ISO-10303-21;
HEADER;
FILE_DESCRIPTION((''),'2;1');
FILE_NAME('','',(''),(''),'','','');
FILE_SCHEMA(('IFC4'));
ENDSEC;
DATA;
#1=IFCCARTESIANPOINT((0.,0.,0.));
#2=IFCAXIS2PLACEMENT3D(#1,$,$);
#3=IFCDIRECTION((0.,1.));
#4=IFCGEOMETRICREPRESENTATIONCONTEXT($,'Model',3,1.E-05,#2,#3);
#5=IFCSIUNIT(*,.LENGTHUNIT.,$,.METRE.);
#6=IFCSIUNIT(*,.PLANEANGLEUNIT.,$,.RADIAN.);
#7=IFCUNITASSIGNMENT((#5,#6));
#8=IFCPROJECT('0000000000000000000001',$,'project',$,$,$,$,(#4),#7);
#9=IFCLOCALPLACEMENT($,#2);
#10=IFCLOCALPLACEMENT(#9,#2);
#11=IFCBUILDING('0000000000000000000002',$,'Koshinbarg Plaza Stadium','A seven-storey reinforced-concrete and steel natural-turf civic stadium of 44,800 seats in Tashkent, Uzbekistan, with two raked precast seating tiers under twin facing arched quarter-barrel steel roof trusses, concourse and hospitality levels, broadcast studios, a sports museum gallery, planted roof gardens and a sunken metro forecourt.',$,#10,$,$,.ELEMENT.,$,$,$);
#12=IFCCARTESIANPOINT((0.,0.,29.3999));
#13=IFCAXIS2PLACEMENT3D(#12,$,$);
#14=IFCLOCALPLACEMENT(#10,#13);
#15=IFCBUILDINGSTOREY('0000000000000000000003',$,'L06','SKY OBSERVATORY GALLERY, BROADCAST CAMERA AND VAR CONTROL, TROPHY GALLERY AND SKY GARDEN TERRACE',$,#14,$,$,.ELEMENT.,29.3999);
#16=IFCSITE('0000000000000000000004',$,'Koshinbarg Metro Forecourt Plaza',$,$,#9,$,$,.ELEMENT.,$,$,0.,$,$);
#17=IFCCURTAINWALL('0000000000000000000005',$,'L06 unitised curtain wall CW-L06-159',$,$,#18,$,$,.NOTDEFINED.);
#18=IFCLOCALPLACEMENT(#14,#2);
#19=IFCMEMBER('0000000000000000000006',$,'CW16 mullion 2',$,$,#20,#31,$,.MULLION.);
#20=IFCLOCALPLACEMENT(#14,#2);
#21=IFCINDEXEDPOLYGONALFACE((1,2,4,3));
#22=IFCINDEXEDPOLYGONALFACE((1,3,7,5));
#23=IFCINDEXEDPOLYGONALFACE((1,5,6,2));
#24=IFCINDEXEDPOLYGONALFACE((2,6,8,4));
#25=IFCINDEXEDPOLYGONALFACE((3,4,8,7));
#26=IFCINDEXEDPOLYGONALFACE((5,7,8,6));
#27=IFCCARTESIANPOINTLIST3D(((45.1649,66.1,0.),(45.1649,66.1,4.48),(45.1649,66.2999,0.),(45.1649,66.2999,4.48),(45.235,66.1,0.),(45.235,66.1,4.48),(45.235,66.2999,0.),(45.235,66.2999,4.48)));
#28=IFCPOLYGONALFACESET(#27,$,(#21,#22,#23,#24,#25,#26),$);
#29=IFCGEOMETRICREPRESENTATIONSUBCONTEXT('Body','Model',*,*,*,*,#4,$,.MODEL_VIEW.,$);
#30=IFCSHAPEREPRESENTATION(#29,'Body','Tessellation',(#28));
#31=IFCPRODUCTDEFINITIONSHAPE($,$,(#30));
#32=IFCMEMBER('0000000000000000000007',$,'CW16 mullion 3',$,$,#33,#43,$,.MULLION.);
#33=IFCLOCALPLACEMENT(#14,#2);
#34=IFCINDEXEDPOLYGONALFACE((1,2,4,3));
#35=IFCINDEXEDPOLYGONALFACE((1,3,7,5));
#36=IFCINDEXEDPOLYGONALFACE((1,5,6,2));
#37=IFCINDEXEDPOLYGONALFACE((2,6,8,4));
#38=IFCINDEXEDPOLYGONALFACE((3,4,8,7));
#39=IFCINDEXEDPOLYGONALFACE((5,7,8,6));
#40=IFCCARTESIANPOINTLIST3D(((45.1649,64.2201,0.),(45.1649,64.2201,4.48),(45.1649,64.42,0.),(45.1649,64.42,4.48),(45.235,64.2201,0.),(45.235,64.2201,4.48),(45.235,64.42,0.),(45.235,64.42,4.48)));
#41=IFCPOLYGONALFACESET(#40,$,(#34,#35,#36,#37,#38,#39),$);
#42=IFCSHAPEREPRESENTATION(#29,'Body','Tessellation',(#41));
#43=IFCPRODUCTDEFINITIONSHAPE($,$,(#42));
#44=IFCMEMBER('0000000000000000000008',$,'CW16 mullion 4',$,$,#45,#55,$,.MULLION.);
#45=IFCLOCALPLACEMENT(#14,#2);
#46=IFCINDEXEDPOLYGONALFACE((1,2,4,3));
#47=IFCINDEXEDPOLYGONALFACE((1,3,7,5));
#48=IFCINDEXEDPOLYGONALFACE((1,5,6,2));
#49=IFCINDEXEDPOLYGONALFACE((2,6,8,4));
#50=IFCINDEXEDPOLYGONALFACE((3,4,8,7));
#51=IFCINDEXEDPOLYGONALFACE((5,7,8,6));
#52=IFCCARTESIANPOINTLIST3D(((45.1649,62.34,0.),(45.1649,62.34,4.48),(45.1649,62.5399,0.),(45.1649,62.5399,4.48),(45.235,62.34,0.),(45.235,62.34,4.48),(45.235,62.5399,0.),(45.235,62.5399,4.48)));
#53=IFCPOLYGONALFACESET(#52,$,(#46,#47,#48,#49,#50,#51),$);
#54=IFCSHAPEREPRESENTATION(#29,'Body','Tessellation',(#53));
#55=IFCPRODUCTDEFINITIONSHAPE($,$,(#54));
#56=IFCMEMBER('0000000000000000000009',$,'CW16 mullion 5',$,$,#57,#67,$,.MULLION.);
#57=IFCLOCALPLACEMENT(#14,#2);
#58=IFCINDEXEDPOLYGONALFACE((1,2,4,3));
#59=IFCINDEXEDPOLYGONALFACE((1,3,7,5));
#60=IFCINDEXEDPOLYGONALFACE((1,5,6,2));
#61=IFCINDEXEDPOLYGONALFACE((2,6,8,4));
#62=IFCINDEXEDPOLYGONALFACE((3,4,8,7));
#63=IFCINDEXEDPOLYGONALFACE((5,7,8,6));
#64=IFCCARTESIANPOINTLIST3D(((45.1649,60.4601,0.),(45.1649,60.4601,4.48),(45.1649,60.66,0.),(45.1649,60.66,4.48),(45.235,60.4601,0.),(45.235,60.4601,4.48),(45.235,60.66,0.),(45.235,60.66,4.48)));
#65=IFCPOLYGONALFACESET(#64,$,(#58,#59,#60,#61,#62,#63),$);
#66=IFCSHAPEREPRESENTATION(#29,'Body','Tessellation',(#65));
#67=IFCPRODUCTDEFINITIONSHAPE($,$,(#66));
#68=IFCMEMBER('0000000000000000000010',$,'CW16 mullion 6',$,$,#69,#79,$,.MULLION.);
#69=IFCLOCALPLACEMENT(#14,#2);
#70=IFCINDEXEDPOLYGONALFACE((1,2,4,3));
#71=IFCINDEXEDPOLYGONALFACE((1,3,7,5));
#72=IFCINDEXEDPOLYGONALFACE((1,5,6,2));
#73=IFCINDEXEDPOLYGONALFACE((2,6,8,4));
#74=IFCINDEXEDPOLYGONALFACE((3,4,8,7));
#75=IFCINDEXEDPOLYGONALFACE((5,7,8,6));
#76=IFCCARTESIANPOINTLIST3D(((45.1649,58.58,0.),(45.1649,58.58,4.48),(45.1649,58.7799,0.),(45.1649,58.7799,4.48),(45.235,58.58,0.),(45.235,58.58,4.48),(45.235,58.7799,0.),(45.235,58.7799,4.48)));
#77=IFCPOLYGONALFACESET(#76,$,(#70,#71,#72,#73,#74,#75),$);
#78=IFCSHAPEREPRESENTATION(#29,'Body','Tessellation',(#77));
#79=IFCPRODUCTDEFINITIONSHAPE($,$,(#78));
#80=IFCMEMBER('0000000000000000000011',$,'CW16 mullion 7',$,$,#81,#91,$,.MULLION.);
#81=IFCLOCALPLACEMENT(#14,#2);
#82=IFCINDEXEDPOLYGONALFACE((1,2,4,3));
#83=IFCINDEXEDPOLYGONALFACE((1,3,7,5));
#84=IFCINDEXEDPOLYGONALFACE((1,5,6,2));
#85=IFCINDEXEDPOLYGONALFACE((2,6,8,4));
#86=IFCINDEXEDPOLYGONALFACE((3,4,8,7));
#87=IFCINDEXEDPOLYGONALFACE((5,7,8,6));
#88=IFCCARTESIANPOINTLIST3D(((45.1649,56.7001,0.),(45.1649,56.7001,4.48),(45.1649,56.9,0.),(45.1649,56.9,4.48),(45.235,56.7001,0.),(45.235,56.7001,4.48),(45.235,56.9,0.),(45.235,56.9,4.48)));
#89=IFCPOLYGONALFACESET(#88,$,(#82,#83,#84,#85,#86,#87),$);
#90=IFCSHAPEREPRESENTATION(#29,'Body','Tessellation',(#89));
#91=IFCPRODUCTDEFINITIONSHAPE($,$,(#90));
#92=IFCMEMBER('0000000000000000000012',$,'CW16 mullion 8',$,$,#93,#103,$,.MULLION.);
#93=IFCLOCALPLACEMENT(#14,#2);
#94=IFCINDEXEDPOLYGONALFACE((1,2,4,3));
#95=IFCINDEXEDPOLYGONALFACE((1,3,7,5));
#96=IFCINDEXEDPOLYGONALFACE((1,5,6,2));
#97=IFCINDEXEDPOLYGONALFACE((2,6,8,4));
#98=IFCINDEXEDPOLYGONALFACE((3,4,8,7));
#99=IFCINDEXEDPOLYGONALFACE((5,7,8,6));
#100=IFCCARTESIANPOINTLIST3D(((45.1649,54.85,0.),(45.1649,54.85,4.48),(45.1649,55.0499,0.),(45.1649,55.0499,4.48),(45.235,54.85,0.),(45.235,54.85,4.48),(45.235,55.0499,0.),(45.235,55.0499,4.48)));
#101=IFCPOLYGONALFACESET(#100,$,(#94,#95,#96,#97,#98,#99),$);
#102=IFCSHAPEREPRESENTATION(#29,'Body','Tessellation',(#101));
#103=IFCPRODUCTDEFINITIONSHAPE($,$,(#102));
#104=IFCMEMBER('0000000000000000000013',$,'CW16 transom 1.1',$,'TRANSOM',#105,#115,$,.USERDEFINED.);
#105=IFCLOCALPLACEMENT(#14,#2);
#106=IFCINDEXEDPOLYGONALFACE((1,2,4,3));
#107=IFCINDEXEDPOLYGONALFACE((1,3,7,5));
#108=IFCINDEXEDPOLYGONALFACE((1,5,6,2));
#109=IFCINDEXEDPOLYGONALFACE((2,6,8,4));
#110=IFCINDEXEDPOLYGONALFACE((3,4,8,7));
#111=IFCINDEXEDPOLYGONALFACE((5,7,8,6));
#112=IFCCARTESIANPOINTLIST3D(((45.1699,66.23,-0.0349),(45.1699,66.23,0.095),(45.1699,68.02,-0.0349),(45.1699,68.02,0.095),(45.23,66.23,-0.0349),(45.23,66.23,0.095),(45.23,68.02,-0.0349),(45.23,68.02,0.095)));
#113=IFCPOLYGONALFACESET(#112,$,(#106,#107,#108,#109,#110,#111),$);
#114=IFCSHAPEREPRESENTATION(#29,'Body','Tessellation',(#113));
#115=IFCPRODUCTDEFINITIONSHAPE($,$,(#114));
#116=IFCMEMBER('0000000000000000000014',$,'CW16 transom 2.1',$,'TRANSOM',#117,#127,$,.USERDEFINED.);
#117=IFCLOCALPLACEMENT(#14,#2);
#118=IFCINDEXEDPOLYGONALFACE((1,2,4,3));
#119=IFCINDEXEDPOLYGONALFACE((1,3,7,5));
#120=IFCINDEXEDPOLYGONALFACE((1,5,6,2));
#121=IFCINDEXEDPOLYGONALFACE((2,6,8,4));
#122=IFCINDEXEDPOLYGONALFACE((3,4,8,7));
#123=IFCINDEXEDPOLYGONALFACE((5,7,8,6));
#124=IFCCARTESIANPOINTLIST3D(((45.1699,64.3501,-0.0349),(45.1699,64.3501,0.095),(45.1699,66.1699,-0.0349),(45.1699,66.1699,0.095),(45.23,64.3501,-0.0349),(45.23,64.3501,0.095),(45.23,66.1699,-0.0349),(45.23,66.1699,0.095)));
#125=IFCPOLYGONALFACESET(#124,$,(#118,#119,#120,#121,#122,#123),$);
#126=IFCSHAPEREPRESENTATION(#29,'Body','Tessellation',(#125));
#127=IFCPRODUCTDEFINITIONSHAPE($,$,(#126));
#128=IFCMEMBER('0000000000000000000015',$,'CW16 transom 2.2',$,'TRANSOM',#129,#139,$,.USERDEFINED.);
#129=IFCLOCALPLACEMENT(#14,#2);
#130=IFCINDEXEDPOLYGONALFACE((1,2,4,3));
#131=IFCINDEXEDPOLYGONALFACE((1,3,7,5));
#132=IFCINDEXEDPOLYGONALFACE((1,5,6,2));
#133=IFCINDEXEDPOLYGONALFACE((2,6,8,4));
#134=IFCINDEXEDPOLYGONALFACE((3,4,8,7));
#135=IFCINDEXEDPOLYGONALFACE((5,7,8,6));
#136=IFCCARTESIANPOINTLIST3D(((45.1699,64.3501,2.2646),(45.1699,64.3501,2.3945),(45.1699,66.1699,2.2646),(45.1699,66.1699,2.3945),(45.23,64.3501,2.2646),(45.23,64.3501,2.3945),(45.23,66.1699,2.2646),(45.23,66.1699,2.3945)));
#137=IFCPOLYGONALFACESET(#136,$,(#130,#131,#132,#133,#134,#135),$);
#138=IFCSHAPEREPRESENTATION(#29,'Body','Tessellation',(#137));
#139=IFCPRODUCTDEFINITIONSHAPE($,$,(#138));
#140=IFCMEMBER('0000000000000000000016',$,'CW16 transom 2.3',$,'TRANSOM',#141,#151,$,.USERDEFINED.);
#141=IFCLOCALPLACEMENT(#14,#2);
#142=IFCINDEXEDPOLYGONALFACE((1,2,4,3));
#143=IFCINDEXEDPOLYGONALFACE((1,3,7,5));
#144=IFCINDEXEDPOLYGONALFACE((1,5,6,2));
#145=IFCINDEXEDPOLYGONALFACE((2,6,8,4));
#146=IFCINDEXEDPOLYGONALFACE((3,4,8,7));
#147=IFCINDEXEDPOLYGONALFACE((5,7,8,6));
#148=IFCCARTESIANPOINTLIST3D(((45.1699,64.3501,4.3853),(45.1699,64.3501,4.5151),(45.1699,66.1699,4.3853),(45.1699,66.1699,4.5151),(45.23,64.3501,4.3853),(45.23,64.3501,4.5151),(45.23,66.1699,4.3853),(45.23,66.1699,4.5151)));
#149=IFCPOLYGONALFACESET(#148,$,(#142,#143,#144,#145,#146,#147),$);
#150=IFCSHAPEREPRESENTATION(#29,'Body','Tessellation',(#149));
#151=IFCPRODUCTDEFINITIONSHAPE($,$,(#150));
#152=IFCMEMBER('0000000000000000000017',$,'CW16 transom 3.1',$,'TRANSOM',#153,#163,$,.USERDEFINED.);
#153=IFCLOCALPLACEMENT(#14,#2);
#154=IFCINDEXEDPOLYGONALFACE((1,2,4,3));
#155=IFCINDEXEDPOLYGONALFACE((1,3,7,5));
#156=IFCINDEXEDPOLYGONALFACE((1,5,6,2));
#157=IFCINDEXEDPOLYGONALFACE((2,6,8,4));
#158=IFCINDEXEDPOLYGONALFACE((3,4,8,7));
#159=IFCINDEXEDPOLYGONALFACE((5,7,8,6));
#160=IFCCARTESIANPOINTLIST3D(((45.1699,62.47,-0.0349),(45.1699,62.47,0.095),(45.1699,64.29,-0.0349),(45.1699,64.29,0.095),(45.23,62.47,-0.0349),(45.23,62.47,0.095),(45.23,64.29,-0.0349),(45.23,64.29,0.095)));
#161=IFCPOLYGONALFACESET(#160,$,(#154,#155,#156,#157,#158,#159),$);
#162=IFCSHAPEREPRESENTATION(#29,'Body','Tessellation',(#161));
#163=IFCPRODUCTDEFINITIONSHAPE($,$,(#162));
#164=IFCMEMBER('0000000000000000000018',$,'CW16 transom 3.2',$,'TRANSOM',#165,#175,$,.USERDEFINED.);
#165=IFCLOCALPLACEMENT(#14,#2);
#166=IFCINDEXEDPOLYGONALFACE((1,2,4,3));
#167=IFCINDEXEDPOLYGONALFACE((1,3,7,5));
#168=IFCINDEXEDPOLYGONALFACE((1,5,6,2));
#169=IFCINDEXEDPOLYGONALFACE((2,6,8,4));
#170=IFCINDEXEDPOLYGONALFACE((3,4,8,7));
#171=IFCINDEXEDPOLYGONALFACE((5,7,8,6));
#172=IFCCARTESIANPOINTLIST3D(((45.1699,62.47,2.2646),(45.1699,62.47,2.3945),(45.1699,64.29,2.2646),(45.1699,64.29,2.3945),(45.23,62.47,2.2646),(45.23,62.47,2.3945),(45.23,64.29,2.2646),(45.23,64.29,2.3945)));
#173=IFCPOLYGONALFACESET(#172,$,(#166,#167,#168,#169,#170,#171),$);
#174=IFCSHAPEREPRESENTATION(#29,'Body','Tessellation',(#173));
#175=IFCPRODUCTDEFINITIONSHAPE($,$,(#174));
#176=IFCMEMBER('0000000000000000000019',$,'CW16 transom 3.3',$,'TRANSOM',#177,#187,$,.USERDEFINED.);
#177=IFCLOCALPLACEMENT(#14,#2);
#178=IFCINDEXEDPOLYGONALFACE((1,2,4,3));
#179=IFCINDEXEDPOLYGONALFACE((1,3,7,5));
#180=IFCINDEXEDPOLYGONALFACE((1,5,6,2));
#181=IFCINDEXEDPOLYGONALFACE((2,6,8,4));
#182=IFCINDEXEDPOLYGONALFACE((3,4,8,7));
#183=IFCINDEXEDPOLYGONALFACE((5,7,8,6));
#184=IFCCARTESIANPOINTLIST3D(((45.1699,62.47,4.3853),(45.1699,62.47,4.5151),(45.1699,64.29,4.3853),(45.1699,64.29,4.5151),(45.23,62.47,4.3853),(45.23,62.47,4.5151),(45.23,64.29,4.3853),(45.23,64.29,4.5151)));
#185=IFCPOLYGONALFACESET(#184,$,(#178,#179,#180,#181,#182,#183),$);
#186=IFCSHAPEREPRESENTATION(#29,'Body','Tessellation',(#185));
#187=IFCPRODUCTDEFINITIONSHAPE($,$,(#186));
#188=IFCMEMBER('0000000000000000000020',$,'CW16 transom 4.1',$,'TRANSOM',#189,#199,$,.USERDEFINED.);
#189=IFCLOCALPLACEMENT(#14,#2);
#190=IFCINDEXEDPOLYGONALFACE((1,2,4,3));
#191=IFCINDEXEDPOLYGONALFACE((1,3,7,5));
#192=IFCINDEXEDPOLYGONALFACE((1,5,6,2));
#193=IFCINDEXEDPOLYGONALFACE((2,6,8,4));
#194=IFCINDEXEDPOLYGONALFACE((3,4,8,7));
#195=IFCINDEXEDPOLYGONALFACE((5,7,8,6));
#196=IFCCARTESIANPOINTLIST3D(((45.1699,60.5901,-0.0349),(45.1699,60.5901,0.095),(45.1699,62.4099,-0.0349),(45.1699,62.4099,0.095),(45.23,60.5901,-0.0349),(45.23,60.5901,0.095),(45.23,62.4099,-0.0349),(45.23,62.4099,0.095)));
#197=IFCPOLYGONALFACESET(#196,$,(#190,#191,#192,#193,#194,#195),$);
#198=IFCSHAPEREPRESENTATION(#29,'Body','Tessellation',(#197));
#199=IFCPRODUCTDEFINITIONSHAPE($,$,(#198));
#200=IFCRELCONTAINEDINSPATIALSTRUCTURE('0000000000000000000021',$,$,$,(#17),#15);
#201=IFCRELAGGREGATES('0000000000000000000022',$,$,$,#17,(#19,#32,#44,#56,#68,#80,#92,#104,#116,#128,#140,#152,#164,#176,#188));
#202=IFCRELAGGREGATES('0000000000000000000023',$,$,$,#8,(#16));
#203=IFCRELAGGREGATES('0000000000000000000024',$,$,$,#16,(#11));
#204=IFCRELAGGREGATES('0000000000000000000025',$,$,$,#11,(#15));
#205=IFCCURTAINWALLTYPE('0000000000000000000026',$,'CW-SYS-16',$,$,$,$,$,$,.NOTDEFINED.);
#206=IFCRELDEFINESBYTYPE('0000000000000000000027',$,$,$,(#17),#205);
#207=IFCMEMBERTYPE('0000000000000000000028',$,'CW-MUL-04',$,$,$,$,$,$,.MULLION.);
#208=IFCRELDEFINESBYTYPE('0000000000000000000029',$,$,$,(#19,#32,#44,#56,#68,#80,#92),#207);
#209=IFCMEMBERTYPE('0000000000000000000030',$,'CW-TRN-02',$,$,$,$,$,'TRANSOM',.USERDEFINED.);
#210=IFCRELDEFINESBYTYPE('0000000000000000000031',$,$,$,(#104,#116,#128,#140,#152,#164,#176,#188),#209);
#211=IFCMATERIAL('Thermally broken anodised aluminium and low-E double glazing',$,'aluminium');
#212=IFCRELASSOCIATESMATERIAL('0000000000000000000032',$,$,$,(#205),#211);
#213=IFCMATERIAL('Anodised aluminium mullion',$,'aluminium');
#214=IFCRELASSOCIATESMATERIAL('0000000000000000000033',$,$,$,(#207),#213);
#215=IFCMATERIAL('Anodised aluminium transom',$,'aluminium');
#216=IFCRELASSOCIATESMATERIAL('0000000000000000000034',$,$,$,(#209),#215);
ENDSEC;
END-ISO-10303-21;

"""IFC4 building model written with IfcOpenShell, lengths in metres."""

from ifc_helpers import new_model, si_unit, direction, frame, origin, origin_2d, place, context, subcontext, project, spatial, rectangle, extrude, material, material_profile, profile_set, type_object, element, aggregate, save


model = new_model("IFC4")

# Units and contexts
model_context = context("Model", 3, precision=1e-05, world=origin(), true_north=direction((0.0, 1.0)))
body_context = subcontext(model_context, "Body", "Model", "MODEL_VIEW")
ifc_project = project(units=[si_unit("LENGTHUNIT", "METRE"), si_unit("PLANEANGLEUNIT", "RADIAN")], contexts=[model_context])

# Site, building, storey
site_placement = place(None, origin())
site = spatial("IfcSite", under=ifc_project, at=site_placement, Name="Koshinbarg Metro Forecourt Plaza", CompositionType="ELEMENT", RefElevation=0.0)
building_placement = place(site_placement, origin())
building = spatial("IfcBuilding", under=site, at=building_placement, Name="Koshinbarg Plaza Stadium", Description="A seven-storey reinforced-concrete and steel natural-turf civic stadium of 44,800 seats in Tashkent, Uzbekistan, with two raked precast seating tiers under twin facing arched quarter-barrel steel roof trusses, concourse and hospitality levels, broadcast studios, a sports museum gallery, planted roof gardens and a sunken metro forecourt.", CompositionType="ELEMENT")
storey_placement = place(building_placement, frame((0.0, 0.0, 29.3999)))
storey = spatial("IfcBuildingStorey", under=building, at=storey_placement, Name="L06", Description="SKY OBSERVATORY GALLERY, BROADCAST CAMERA AND VAR CONTROL, TROPHY GALLERY AND SKY GARDEN TERRACE", CompositionType="ELEMENT", Elevation=29.3999)

# Curtain wall, members
ifc_material_1 = material(Name="Thermally broken anodised aluminium and low-E double glazing", Category="aluminium")
curtain_wall_type = type_object("IfcCurtainWallType", Name="CW-SYS-16", PredefinedType="NOTDEFINED", material=ifc_material_1)
curtain_wall_placement = place(storey_placement, origin())
curtain_wall = element("IfcCurtainWall", 1, at=curtain_wall_placement, inside=storey, type_object=curtain_wall_type, Name="L06 unitised curtain wall CW-L06-159", PredefinedType="NOTDEFINED")
ifc_material_2 = material(Name="Anodised aluminium mullion", Category="aluminium")
ifc_material_profile_1 = material_profile(ifc_material_2, rectangle(XDim=0.0701, YDim=0.2, at=origin_2d()), Name="ALU 70x200")
ifc_profile_set_1 = profile_set([ifc_material_profile_1], Name="Anodised aluminium mullion")
member_type_1 = type_object("IfcMemberType", Name="CW-MUL-04", PredefinedType="MULLION", material=ifc_profile_set_1)
member_1_placement = place(storey_placement, frame((45.2, 66.2, 0.0), z_axis=(0.0, 0.0, 1.0), x_axis=(1.0, 0.0, 0.0)))
member_1 = element("IfcMember", 2, at=member_1_placement, type_object=member_type_1, Name="CW16 mullion 2", PredefinedType="MULLION", context=body_context, shape_type="SweptSolid", body=[
    extrude(rectangle(XDim=0.0701, YDim=0.2, at=origin_2d()), origin(), (0.0, 0.0, 1.0), 4.48),
])
member_2_placement = place(storey_placement, frame((45.2, 64.3201, 0.0), z_axis=(0.0, 0.0, 1.0), x_axis=(1.0, 0.0, 0.0)))
member_2 = element("IfcMember", 3, at=member_2_placement, type_object=member_type_1, Name="CW16 mullion 3", PredefinedType="MULLION", context=body_context, shape_type="SweptSolid", body=[
    extrude(rectangle(XDim=0.0701, YDim=0.2, at=origin_2d()), origin(), (0.0, 0.0, 1.0), 4.48),
])
member_3_placement = place(storey_placement, frame((45.2, 62.4399, 0.0), z_axis=(0.0, 0.0, 1.0), x_axis=(1.0, 0.0, 0.0)))
member_3 = element("IfcMember", 4, at=member_3_placement, type_object=member_type_1, Name="CW16 mullion 4", PredefinedType="MULLION", context=body_context, shape_type="SweptSolid", body=[
    extrude(rectangle(XDim=0.0701, YDim=0.2, at=origin_2d()), origin(), (0.0, 0.0, 1.0), 4.48),
])
member_4_placement = place(storey_placement, frame((45.2, 60.5601, 0.0), z_axis=(0.0, 0.0, 1.0), x_axis=(1.0, 0.0, 0.0)))
member_4 = element("IfcMember", 5, at=member_4_placement, type_object=member_type_1, Name="CW16 mullion 5", PredefinedType="MULLION", context=body_context, shape_type="SweptSolid", body=[
    extrude(rectangle(XDim=0.0701, YDim=0.2, at=origin_2d()), origin(), (0.0, 0.0, 1.0), 4.48),
])
member_5_placement = place(storey_placement, frame((45.2, 58.6799, 0.0), z_axis=(0.0, 0.0, 1.0), x_axis=(1.0, 0.0, 0.0)))
member_5 = element("IfcMember", 6, at=member_5_placement, type_object=member_type_1, Name="CW16 mullion 6", PredefinedType="MULLION", context=body_context, shape_type="SweptSolid", body=[
    extrude(rectangle(XDim=0.0701, YDim=0.2, at=origin_2d()), origin(), (0.0, 0.0, 1.0), 4.48),
])
member_6_placement = place(storey_placement, frame((45.2, 56.8, 0.0), z_axis=(0.0, 0.0, 1.0), x_axis=(1.0, 0.0, 0.0)))
member_6 = element("IfcMember", 7, at=member_6_placement, type_object=member_type_1, Name="CW16 mullion 7", PredefinedType="MULLION", context=body_context, shape_type="SweptSolid", body=[
    extrude(rectangle(XDim=0.0701, YDim=0.2, at=origin_2d()), origin(), (0.0, 0.0, 1.0), 4.48),
])
member_7_placement = place(storey_placement, frame((45.2, 54.95, 0.0), z_axis=(0.0, 0.0, 1.0), x_axis=(1.0, 0.0, 0.0)))
member_7 = element("IfcMember", 8, at=member_7_placement, type_object=member_type_1, Name="CW16 mullion 8", PredefinedType="MULLION", context=body_context, shape_type="SweptSolid", body=[
    extrude(rectangle(XDim=0.0701, YDim=0.2, at=origin_2d()), origin(), (0.0, 0.0, 1.0), 4.48),
])
ifc_material_3 = material(Name="Anodised aluminium transom", Category="aluminium")
ifc_material_profile_2 = material_profile(ifc_material_3, rectangle(XDim=0.0601, YDim=0.1299, at=origin_2d()), Name="ALU 60x130")
ifc_profile_set_2 = profile_set([ifc_material_profile_2], Name="Anodised aluminium transom")
member_type_2 = type_object("IfcMemberType", Name="CW-TRN-02", ElementType="TRANSOM", PredefinedType="USERDEFINED", material=ifc_profile_set_2)
member_8_placement = place(storey_placement, frame((45.2, 68.02, 0.03), z_axis=(0.0, -1.0, 0.0), x_axis=(1.0, 0.0, 0.0)))
member_8 = element("IfcMember", 9, at=member_8_placement, type_object=member_type_2, Name="CW16 transom 1.1", ObjectType="TRANSOM", PredefinedType="USERDEFINED", context=body_context, shape_type="SweptSolid", body=[
    extrude(rectangle(XDim=0.0601, YDim=0.1299, at=origin_2d()), origin(), (0.0, 0.0, 1.0), 1.79),
])
member_9_placement = place(storey_placement, frame((45.2, 66.1699, 0.03), z_axis=(0.0, -1.0, 0.0), x_axis=(1.0, 0.0, 0.0)))
member_9 = element("IfcMember", 10, at=member_9_placement, type_object=member_type_2, Name="CW16 transom 2.1", ObjectType="TRANSOM", PredefinedType="USERDEFINED", context=body_context, shape_type="SweptSolid", body=[
    extrude(rectangle(XDim=0.0601, YDim=0.1299, at=origin_2d()), origin(), (0.0, 0.0, 1.0), 1.8198),
])
member_10_placement = place(storey_placement, frame((45.2, 66.1699, 2.3296), z_axis=(0.0, -1.0, 0.0), x_axis=(1.0, 0.0, 0.0)))
member_10 = element("IfcMember", 11, at=member_10_placement, type_object=member_type_2, Name="CW16 transom 2.2", ObjectType="TRANSOM", PredefinedType="USERDEFINED", context=body_context, shape_type="SweptSolid", body=[
    extrude(rectangle(XDim=0.0601, YDim=0.1299, at=origin_2d()), origin(), (0.0, 0.0, 1.0), 1.8198),
])
member_11_placement = place(storey_placement, frame((45.2, 66.1699, 4.4502), z_axis=(0.0, -1.0, 0.0), x_axis=(1.0, 0.0, 0.0)))
member_11 = element("IfcMember", 12, at=member_11_placement, type_object=member_type_2, Name="CW16 transom 2.3", ObjectType="TRANSOM", PredefinedType="USERDEFINED", context=body_context, shape_type="SweptSolid", body=[
    extrude(rectangle(XDim=0.0601, YDim=0.1299, at=origin_2d()), origin(), (0.0, 0.0, 1.0), 1.8198),
])
member_12_placement = place(storey_placement, frame((45.2, 64.29, 0.03), z_axis=(0.0, -1.0, 0.0), x_axis=(1.0, 0.0, 0.0)))
member_12 = element("IfcMember", 13, at=member_12_placement, type_object=member_type_2, Name="CW16 transom 3.1", ObjectType="TRANSOM", PredefinedType="USERDEFINED", context=body_context, shape_type="SweptSolid", body=[
    extrude(rectangle(XDim=0.0601, YDim=0.1299, at=origin_2d()), origin(), (0.0, 0.0, 1.0), 1.8201),
])
member_13_placement = place(storey_placement, frame((45.2, 64.29, 2.3296), z_axis=(0.0, -1.0, 0.0), x_axis=(1.0, 0.0, 0.0)))
member_13 = element("IfcMember", 14, at=member_13_placement, type_object=member_type_2, Name="CW16 transom 3.2", ObjectType="TRANSOM", PredefinedType="USERDEFINED", context=body_context, shape_type="SweptSolid", body=[
    extrude(rectangle(XDim=0.0601, YDim=0.1299, at=origin_2d()), origin(), (0.0, 0.0, 1.0), 1.8201),
])
member_14_placement = place(storey_placement, frame((45.2, 64.29, 4.4502), z_axis=(0.0, -1.0, 0.0), x_axis=(1.0, 0.0, 0.0)))
member_14 = element("IfcMember", 15, at=member_14_placement, type_object=member_type_2, Name="CW16 transom 3.3", ObjectType="TRANSOM", PredefinedType="USERDEFINED", context=body_context, shape_type="SweptSolid", body=[
    extrude(rectangle(XDim=0.0601, YDim=0.1299, at=origin_2d()), origin(), (0.0, 0.0, 1.0), 1.8201),
])
member_15_placement = place(storey_placement, frame((45.2, 62.4099, 0.03), z_axis=(0.0, -1.0, 0.0), x_axis=(1.0, 0.0, 0.0)))
member_15 = element("IfcMember", 16, at=member_15_placement, type_object=member_type_2, Name="CW16 transom 4.1", ObjectType="TRANSOM", PredefinedType="USERDEFINED", context=body_context, shape_type="SweptSolid", body=[
    extrude(rectangle(XDim=0.0601, YDim=0.1299, at=origin_2d()), origin(), (0.0, 0.0, 1.0), 1.8198),
])
aggregate(curtain_wall, [member_1, member_2, member_3, member_4, member_5, member_6, member_7, member_8, member_9, member_10, member_11, member_12, member_13, member_14, member_15])

save(model, "model.ifc")
